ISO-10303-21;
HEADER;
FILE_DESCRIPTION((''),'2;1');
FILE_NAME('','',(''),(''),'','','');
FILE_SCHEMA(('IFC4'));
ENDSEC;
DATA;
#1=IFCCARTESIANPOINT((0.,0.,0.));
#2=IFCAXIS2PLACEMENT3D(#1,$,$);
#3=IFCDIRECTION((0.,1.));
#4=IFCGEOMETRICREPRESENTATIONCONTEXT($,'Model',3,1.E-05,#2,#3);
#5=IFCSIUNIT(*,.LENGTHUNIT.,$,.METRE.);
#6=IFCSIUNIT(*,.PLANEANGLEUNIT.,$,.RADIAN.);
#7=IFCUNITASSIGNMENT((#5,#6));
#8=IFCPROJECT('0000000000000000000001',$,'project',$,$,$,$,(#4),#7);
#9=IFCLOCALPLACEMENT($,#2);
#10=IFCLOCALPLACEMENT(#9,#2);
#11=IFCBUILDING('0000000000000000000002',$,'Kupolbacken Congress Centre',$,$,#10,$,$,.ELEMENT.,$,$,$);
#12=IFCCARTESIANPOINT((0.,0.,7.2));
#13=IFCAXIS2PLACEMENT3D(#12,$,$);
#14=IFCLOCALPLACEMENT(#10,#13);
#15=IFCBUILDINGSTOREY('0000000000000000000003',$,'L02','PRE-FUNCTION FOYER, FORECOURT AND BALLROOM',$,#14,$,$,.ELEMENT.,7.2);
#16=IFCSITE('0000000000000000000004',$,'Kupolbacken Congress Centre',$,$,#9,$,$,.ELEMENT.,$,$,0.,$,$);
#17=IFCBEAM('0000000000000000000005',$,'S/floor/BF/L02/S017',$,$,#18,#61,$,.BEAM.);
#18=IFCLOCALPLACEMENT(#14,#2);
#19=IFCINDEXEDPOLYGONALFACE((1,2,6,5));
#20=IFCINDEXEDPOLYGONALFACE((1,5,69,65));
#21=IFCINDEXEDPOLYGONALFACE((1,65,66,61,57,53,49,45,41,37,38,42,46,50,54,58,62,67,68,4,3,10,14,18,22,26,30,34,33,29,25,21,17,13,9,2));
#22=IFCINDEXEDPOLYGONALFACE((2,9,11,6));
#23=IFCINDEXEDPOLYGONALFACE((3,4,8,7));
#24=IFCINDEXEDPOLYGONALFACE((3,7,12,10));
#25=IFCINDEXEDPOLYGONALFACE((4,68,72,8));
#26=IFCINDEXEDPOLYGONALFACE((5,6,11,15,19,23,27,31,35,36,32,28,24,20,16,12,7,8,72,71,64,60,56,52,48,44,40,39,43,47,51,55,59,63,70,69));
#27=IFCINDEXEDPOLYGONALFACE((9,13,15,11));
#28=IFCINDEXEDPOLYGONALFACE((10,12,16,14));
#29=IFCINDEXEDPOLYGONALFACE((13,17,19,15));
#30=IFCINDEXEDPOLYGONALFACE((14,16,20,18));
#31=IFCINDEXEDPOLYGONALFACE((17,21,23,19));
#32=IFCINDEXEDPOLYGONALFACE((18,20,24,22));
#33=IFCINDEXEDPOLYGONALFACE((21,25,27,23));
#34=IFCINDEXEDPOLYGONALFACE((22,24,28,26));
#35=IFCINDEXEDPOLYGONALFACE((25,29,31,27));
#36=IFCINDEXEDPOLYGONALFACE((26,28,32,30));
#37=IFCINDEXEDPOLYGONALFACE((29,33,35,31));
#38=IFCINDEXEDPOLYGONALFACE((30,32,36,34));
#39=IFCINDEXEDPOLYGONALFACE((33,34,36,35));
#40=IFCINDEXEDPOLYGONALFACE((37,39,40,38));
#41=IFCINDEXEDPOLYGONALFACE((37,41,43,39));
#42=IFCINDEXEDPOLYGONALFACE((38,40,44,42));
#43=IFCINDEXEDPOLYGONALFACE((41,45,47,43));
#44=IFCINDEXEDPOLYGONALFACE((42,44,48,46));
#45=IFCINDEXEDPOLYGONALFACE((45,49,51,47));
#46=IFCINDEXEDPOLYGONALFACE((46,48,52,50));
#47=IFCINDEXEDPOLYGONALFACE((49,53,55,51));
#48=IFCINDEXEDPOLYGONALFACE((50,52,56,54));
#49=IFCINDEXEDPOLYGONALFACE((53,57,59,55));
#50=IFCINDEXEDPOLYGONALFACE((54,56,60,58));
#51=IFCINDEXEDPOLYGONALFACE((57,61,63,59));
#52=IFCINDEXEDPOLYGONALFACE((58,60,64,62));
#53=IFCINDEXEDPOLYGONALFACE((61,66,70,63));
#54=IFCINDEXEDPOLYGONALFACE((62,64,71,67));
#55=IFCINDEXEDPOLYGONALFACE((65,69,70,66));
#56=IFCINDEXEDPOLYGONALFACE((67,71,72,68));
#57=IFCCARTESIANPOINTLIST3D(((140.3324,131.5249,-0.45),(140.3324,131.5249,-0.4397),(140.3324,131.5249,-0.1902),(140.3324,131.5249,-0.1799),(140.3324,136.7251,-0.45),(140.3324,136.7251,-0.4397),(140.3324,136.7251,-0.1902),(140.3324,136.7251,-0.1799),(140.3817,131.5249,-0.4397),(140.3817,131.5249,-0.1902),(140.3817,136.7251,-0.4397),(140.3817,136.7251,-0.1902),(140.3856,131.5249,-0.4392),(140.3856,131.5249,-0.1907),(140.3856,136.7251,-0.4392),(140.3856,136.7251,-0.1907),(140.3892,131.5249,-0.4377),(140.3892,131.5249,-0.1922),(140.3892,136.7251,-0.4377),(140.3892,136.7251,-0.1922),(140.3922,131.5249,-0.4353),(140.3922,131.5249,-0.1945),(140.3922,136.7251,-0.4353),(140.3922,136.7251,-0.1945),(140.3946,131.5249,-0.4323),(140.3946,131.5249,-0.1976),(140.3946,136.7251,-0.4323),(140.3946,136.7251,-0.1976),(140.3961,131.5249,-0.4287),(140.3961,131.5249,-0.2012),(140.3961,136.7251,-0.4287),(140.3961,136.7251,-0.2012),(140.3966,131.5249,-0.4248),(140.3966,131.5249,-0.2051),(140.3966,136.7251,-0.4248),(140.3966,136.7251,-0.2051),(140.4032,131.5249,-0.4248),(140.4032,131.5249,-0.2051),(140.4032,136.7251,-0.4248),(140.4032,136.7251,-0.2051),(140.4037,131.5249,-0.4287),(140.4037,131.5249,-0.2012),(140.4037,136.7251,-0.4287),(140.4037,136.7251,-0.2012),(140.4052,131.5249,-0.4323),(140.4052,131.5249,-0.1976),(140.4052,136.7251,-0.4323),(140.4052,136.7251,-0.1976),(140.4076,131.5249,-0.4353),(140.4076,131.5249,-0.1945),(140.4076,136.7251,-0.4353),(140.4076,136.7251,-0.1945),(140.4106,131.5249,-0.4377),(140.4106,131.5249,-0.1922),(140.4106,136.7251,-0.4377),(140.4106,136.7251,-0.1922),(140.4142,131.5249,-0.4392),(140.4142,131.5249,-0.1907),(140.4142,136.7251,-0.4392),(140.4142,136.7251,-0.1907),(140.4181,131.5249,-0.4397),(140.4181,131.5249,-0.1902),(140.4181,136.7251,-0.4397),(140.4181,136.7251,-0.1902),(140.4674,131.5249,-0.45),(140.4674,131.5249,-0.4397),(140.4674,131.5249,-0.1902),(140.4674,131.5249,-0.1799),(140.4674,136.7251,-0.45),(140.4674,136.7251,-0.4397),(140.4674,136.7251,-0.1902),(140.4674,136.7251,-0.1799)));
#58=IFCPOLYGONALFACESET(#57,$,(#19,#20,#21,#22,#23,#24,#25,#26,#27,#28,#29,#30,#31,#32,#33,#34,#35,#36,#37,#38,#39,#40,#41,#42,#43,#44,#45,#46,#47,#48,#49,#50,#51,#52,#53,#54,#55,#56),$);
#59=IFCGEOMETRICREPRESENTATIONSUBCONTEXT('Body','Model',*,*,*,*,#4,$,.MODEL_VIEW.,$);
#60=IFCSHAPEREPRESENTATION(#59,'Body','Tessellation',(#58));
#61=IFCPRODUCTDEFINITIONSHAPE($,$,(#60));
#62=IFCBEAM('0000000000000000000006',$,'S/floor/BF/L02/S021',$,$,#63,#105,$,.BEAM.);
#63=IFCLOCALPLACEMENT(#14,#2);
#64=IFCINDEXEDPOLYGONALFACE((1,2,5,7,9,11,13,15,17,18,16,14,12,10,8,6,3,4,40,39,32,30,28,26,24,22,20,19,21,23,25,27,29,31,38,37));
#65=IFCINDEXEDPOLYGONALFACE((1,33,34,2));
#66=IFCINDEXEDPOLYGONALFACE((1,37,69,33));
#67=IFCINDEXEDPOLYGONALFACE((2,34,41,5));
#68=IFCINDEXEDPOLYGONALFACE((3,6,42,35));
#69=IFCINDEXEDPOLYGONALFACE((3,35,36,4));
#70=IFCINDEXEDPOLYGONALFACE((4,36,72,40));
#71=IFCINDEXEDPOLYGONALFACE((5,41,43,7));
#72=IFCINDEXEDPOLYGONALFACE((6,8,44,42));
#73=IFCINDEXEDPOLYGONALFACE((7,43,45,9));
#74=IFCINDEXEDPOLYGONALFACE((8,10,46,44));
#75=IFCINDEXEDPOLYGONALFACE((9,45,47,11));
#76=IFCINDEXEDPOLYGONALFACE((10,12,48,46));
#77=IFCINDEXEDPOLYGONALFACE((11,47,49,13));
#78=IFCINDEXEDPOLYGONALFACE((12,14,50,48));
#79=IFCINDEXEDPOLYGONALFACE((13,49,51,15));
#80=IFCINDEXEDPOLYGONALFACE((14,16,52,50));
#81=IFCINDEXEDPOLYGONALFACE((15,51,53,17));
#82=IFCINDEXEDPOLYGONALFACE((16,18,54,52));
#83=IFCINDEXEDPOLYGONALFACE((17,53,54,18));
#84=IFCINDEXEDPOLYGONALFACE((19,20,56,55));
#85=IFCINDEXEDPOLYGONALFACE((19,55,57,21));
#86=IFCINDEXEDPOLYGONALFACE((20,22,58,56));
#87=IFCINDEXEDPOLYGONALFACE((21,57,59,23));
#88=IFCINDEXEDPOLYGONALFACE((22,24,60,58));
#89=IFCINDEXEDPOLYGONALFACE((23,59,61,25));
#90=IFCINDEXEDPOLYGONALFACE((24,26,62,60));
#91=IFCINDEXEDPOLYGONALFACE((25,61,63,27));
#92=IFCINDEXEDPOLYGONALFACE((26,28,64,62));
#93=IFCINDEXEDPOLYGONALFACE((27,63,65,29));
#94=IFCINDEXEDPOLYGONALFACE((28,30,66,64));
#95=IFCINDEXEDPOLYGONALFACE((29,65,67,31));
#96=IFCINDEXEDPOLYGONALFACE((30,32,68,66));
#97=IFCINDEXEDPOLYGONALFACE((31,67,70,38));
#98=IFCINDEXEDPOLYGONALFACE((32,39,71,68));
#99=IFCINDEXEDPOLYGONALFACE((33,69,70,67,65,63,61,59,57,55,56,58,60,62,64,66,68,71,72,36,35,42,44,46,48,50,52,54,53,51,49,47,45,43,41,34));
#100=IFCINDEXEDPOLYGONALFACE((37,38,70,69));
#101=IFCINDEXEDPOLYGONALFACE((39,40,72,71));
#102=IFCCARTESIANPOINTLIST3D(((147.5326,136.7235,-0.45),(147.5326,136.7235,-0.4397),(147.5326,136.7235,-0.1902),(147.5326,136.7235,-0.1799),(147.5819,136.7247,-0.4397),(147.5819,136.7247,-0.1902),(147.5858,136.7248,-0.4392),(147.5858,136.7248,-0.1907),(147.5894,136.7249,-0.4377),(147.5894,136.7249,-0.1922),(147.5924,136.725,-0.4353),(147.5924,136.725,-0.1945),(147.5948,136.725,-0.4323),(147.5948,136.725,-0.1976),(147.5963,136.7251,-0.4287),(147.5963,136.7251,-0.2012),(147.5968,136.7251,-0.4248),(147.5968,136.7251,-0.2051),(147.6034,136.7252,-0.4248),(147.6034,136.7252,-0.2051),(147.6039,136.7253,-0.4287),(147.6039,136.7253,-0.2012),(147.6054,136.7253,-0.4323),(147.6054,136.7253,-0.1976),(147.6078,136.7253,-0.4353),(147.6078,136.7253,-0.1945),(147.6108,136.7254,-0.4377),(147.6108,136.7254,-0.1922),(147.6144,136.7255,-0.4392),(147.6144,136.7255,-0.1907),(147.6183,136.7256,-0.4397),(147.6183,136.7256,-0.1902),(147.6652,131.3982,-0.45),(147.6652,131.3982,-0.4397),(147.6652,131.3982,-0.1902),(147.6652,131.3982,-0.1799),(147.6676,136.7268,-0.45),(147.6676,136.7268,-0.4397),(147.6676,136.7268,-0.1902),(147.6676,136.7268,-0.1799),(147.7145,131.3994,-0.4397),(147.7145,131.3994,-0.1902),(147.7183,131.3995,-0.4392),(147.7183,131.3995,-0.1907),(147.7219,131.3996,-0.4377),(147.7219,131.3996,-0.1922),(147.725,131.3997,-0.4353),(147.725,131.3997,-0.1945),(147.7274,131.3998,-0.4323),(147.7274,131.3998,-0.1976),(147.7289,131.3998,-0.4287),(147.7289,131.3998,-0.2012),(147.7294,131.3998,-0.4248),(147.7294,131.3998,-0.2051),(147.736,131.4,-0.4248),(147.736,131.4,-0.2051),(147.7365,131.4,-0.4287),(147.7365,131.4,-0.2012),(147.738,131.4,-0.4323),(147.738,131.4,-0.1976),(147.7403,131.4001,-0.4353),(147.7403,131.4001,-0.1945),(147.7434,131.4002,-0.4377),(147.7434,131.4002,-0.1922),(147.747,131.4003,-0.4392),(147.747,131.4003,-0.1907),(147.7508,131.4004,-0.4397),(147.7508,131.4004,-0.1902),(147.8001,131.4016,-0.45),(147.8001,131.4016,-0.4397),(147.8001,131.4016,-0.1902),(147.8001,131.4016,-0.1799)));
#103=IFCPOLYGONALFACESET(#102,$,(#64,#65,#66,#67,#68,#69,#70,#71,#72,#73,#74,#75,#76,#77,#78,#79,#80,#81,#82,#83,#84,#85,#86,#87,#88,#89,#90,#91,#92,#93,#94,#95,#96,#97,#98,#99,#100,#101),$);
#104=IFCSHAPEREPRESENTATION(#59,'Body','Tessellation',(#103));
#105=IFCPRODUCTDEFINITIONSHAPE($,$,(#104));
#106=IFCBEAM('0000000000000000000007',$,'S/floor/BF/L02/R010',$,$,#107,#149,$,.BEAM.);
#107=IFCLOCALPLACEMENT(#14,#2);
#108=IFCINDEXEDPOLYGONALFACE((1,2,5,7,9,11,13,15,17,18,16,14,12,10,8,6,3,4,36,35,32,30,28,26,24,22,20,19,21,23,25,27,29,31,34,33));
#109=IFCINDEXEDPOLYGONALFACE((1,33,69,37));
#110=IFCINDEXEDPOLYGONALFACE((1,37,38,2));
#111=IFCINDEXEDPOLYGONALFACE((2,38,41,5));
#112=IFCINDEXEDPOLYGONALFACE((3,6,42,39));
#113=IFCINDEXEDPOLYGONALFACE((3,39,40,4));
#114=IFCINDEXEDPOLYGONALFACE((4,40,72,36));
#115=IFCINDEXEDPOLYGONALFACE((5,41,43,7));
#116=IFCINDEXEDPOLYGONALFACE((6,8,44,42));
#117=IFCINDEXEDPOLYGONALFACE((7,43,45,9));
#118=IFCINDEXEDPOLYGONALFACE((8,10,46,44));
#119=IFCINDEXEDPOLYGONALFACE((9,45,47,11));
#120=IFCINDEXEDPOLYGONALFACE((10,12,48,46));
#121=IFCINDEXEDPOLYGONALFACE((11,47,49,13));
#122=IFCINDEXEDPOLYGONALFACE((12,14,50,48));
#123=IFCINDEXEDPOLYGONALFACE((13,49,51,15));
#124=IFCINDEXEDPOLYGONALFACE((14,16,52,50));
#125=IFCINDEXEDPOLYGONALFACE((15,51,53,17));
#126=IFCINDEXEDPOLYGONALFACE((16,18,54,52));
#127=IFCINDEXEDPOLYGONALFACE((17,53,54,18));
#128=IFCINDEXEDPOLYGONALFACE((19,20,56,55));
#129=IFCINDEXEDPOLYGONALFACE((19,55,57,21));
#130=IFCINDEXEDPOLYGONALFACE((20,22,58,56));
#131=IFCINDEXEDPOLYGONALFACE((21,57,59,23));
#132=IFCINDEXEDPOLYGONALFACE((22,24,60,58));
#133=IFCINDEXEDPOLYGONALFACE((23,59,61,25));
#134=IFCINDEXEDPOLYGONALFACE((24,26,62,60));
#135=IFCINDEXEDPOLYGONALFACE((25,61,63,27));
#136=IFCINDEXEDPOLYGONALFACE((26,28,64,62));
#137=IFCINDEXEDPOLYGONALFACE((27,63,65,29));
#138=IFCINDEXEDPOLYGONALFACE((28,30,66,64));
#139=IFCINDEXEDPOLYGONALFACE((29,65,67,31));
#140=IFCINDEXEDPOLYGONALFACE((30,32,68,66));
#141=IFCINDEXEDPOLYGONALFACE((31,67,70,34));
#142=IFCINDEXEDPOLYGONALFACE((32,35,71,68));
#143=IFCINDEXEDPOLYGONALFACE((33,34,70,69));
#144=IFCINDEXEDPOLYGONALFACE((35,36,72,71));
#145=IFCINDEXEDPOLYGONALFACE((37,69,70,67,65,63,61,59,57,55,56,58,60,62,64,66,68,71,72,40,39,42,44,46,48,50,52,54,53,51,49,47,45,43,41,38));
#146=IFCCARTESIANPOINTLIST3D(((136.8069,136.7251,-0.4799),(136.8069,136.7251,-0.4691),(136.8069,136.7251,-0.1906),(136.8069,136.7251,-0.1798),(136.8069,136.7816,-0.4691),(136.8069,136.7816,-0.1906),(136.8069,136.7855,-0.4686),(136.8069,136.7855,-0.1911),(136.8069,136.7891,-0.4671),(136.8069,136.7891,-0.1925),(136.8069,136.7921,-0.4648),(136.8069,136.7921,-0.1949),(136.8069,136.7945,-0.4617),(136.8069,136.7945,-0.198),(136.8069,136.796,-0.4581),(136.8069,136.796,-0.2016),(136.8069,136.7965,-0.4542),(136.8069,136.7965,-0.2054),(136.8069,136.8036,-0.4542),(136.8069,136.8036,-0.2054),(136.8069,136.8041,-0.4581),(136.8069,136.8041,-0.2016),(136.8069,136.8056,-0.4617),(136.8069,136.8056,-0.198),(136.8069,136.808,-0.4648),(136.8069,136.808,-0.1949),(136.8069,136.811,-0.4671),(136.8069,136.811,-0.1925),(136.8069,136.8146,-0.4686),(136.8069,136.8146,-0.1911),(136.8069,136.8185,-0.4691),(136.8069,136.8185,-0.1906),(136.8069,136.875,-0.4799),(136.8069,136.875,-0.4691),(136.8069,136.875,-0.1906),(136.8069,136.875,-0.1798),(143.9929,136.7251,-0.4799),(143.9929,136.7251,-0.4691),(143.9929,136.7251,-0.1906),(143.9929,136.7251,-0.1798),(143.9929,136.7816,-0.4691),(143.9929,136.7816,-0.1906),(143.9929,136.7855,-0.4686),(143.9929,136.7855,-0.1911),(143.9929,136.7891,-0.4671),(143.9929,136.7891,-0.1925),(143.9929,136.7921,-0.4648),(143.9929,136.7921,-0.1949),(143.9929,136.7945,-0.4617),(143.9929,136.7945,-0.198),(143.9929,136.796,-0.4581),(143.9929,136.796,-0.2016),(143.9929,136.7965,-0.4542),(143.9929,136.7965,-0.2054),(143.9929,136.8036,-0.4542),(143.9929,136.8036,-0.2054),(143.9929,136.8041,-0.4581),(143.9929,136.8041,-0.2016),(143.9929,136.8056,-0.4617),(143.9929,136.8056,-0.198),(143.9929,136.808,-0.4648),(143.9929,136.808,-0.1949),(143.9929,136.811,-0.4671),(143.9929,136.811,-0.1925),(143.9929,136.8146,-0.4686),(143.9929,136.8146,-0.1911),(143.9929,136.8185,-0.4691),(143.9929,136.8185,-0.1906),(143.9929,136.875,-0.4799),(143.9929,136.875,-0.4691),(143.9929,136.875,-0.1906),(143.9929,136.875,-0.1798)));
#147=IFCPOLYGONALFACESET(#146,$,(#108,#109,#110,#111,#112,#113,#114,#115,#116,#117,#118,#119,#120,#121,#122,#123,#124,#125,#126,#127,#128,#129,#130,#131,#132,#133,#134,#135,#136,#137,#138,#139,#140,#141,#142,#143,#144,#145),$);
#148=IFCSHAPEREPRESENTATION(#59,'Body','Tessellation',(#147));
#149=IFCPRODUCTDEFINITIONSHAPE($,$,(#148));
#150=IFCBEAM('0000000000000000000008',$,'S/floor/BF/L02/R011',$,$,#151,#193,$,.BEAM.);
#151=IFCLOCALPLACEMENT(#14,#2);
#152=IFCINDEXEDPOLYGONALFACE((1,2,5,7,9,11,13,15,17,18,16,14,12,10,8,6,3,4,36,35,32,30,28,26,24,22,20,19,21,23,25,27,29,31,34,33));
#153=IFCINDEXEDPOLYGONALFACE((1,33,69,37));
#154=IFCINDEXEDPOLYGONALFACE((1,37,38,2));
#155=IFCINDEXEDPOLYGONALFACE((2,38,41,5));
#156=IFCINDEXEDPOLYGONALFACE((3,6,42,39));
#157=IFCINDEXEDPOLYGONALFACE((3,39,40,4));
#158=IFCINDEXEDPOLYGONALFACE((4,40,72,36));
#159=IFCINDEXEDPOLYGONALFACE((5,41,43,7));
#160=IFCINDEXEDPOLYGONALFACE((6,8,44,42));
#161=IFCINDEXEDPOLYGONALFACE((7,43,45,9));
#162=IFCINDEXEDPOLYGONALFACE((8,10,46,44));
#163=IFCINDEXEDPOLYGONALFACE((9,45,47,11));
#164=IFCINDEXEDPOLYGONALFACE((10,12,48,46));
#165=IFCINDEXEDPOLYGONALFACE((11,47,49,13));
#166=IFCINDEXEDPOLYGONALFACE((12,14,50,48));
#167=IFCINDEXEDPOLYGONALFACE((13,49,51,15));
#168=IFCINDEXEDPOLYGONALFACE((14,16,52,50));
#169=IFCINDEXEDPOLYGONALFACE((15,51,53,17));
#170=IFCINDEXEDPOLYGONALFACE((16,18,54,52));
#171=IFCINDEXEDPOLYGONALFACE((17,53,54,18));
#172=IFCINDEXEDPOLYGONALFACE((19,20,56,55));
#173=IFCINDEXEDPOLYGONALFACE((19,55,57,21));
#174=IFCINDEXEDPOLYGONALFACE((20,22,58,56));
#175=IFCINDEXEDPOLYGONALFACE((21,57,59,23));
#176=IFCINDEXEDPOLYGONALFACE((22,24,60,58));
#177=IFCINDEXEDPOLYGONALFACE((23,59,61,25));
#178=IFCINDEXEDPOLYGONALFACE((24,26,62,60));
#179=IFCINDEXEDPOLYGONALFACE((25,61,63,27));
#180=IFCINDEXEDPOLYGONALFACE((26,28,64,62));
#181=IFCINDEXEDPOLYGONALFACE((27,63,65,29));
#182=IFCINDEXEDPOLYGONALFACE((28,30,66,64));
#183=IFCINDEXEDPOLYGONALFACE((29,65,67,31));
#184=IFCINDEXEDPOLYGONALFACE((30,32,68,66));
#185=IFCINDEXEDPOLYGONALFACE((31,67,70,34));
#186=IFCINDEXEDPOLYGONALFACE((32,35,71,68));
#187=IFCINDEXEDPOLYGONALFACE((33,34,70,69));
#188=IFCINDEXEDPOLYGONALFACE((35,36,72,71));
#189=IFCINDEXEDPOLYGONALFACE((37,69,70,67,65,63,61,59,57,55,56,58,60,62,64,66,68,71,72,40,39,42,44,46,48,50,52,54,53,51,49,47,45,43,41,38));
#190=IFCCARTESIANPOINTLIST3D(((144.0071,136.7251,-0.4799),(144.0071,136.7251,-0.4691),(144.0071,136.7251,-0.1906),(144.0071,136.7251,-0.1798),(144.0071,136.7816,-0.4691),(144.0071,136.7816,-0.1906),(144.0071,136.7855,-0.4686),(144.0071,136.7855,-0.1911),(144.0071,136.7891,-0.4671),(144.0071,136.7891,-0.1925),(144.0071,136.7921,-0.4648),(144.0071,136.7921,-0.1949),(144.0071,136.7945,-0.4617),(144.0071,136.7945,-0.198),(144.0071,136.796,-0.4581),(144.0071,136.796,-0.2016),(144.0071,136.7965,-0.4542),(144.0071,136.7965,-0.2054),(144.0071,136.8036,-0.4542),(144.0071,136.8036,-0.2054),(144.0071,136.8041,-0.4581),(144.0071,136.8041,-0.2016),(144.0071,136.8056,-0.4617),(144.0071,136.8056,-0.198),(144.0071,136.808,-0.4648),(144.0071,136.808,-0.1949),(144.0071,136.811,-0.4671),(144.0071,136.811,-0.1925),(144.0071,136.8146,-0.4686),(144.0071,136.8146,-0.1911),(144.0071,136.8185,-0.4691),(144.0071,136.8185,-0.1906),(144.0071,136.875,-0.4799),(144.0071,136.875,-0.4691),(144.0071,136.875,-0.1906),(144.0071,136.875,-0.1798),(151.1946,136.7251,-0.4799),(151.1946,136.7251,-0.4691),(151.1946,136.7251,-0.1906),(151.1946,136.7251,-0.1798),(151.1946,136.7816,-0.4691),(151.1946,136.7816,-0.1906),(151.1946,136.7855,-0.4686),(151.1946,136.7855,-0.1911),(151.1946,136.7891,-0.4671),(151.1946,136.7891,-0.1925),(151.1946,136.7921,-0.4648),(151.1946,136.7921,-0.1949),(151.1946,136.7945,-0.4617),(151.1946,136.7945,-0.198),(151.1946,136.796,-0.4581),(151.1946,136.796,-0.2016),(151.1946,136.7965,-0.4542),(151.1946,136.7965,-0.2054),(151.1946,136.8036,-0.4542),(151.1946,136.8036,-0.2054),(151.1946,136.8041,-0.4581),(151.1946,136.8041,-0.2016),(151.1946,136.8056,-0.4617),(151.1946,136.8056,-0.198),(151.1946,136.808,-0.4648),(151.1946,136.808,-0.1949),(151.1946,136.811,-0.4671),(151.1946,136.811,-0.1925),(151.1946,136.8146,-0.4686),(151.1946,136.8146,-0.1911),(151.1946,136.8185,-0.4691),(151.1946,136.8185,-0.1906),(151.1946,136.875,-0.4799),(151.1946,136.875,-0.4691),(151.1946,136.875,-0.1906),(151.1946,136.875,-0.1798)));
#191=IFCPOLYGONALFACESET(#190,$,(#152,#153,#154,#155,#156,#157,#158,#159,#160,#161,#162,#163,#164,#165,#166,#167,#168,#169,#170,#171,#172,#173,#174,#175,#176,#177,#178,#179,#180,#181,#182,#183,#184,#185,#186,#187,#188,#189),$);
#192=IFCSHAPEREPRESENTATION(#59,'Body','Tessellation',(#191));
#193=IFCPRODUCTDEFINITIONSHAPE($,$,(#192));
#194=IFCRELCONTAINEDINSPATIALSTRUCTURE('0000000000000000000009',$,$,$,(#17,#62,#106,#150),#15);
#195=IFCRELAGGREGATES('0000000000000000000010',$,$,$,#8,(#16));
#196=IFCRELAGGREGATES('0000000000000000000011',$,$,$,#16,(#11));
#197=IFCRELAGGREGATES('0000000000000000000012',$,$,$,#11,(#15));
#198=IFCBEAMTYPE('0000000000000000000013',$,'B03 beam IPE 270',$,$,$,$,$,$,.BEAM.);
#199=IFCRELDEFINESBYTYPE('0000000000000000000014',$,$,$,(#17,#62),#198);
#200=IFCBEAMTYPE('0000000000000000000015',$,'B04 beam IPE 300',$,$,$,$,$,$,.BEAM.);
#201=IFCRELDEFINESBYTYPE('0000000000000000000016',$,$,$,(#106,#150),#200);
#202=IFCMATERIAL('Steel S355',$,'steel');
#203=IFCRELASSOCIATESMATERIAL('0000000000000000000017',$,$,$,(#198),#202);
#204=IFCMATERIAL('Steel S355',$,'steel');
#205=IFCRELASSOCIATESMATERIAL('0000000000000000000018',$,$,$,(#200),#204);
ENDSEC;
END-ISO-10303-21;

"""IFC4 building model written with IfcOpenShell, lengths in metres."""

from ifc_helpers import new_model, si_unit, direction, frame, origin, origin_2d, place, context, subcontext, project, spatial, i_section, extrude, material, material_profile, profile_set, type_object, element, save


model = new_model("IFC4")

# Units and contexts
model_context = context("Model", 3, precision=1e-05, world=origin(), true_north=direction((0.0, 1.0)))
body_context = subcontext(model_context, "Body", "Model", "MODEL_VIEW")
ifc_project = project(units=[si_unit("LENGTHUNIT", "METRE"), si_unit("PLANEANGLEUNIT", "RADIAN")], contexts=[model_context])

# Site, building, storey
site_placement = place(None, origin())
site = spatial("IfcSite", under=ifc_project, at=site_placement, Name="Kupolbacken Congress Centre", CompositionType="ELEMENT", RefElevation=0.0)
building_placement = place(site_placement, origin())
building = spatial("IfcBuilding", under=site, at=building_placement, Name="Kupolbacken Congress Centre", CompositionType="ELEMENT")
storey_placement = place(building_placement, frame((0.0, 0.0, 7.2)))
storey = spatial("IfcBuildingStorey", under=building, at=storey_placement, Name="L02", Description="PRE-FUNCTION FOYER, FORECOURT AND BALLROOM", CompositionType="ELEMENT", Elevation=7.2)

# Beams
ifc_material_1 = material(Name="Steel S355", Category="steel")
ifc_material_profile_1 = material_profile(ifc_material_1, i_section(OverallWidth=0.135, OverallDepth=0.27, WebThickness=0.0066, FlangeThickness=0.0103, FilletRadius=0.0149, at=origin_2d()), Name="IPE 270")
ifc_profile_set_1 = profile_set([ifc_material_profile_1], Name="Steel S355")
beam_type_1 = type_object("IfcBeamType", Name="B03 beam IPE 270", PredefinedType="BEAM", material=ifc_profile_set_1)
beam_1_placement = place(storey_placement, frame((140.3999, 131.5249, -0.3149), z_axis=(0.0, 1.0, 0.0), x_axis=(-1.0, 0.0, 0.0)))
element("IfcBeam", 1, at=beam_1_placement, inside=storey, type_object=beam_type_1, Name="S/floor/BF/L02/S017", PredefinedType="BEAM", context=body_context, shape_type="SweptSolid", body=[
    extrude(i_section(OverallWidth=0.135, OverallDepth=0.27, WebThickness=0.0066, FlangeThickness=0.0103, FilletRadius=0.0149, at=origin_2d()), origin(), (0.0, 0.0, 1.0), 5.2002),
])
beam_2_placement = place(storey_placement, frame((147.7327, 131.3999, -0.3149), z_axis=(-0.024887, 0.99969, 0.0), x_axis=(-0.99969, -0.024887, 0.0)))
element("IfcBeam", 2, at=beam_2_placement, inside=storey, type_object=beam_type_1, Name="S/floor/BF/L02/S021", PredefinedType="BEAM", context=body_context, shape_type="SweptSolid", body=[
    extrude(i_section(OverallWidth=0.135, OverallDepth=0.27, WebThickness=0.0066, FlangeThickness=0.0103, FilletRadius=0.0149, at=origin_2d()), origin(), (0.0, 0.0, 1.0), 5.3269),
])
ifc_material_2 = material(Name="Steel S355", Category="steel")
ifc_material_profile_2 = material_profile(ifc_material_2, i_section(OverallWidth=0.1499, OverallDepth=0.3, WebThickness=0.0071, FlangeThickness=0.0107, FilletRadius=0.0149, at=origin_2d()), Name="IPE 300")
ifc_profile_set_2 = profile_set([ifc_material_profile_2], Name="Steel S355")
beam_type_2 = type_object("IfcBeamType", Name="B04 beam IPE 300", PredefinedType="BEAM", material=ifc_profile_set_2)
beam_3_placement = place(storey_placement, frame((136.8069, 136.8, -0.3298), z_axis=(1.0, 0.0, 0.0), x_axis=(0.0, 1.0, 0.0)))
element("IfcBeam", 3, at=beam_3_placement, inside=storey, type_object=beam_type_2, Name="S/floor/BF/L02/R010", PredefinedType="BEAM", context=body_context, shape_type="SweptSolid", body=[
    extrude(i_section(OverallWidth=0.1499, OverallDepth=0.3, WebThickness=0.0071, FlangeThickness=0.0107, FilletRadius=0.0149, at=origin_2d()), origin(), (0.0, 0.0, 1.0), 7.186),
])
beam_4_placement = place(storey_placement, frame((144.0071, 136.8, -0.3298), z_axis=(1.0, 0.0, 0.0), x_axis=(0.0, 1.0, 0.0)))
element("IfcBeam", 4, at=beam_4_placement, inside=storey, type_object=beam_type_2, Name="S/floor/BF/L02/R011", PredefinedType="BEAM", context=body_context, shape_type="SweptSolid", body=[
    extrude(i_section(OverallWidth=0.1499, OverallDepth=0.3, WebThickness=0.0071, FlangeThickness=0.0107, FilletRadius=0.0149, at=origin_2d()), origin(), (0.0, 0.0, 1.0), 7.1875),
])

save(model, "model.ifc")
